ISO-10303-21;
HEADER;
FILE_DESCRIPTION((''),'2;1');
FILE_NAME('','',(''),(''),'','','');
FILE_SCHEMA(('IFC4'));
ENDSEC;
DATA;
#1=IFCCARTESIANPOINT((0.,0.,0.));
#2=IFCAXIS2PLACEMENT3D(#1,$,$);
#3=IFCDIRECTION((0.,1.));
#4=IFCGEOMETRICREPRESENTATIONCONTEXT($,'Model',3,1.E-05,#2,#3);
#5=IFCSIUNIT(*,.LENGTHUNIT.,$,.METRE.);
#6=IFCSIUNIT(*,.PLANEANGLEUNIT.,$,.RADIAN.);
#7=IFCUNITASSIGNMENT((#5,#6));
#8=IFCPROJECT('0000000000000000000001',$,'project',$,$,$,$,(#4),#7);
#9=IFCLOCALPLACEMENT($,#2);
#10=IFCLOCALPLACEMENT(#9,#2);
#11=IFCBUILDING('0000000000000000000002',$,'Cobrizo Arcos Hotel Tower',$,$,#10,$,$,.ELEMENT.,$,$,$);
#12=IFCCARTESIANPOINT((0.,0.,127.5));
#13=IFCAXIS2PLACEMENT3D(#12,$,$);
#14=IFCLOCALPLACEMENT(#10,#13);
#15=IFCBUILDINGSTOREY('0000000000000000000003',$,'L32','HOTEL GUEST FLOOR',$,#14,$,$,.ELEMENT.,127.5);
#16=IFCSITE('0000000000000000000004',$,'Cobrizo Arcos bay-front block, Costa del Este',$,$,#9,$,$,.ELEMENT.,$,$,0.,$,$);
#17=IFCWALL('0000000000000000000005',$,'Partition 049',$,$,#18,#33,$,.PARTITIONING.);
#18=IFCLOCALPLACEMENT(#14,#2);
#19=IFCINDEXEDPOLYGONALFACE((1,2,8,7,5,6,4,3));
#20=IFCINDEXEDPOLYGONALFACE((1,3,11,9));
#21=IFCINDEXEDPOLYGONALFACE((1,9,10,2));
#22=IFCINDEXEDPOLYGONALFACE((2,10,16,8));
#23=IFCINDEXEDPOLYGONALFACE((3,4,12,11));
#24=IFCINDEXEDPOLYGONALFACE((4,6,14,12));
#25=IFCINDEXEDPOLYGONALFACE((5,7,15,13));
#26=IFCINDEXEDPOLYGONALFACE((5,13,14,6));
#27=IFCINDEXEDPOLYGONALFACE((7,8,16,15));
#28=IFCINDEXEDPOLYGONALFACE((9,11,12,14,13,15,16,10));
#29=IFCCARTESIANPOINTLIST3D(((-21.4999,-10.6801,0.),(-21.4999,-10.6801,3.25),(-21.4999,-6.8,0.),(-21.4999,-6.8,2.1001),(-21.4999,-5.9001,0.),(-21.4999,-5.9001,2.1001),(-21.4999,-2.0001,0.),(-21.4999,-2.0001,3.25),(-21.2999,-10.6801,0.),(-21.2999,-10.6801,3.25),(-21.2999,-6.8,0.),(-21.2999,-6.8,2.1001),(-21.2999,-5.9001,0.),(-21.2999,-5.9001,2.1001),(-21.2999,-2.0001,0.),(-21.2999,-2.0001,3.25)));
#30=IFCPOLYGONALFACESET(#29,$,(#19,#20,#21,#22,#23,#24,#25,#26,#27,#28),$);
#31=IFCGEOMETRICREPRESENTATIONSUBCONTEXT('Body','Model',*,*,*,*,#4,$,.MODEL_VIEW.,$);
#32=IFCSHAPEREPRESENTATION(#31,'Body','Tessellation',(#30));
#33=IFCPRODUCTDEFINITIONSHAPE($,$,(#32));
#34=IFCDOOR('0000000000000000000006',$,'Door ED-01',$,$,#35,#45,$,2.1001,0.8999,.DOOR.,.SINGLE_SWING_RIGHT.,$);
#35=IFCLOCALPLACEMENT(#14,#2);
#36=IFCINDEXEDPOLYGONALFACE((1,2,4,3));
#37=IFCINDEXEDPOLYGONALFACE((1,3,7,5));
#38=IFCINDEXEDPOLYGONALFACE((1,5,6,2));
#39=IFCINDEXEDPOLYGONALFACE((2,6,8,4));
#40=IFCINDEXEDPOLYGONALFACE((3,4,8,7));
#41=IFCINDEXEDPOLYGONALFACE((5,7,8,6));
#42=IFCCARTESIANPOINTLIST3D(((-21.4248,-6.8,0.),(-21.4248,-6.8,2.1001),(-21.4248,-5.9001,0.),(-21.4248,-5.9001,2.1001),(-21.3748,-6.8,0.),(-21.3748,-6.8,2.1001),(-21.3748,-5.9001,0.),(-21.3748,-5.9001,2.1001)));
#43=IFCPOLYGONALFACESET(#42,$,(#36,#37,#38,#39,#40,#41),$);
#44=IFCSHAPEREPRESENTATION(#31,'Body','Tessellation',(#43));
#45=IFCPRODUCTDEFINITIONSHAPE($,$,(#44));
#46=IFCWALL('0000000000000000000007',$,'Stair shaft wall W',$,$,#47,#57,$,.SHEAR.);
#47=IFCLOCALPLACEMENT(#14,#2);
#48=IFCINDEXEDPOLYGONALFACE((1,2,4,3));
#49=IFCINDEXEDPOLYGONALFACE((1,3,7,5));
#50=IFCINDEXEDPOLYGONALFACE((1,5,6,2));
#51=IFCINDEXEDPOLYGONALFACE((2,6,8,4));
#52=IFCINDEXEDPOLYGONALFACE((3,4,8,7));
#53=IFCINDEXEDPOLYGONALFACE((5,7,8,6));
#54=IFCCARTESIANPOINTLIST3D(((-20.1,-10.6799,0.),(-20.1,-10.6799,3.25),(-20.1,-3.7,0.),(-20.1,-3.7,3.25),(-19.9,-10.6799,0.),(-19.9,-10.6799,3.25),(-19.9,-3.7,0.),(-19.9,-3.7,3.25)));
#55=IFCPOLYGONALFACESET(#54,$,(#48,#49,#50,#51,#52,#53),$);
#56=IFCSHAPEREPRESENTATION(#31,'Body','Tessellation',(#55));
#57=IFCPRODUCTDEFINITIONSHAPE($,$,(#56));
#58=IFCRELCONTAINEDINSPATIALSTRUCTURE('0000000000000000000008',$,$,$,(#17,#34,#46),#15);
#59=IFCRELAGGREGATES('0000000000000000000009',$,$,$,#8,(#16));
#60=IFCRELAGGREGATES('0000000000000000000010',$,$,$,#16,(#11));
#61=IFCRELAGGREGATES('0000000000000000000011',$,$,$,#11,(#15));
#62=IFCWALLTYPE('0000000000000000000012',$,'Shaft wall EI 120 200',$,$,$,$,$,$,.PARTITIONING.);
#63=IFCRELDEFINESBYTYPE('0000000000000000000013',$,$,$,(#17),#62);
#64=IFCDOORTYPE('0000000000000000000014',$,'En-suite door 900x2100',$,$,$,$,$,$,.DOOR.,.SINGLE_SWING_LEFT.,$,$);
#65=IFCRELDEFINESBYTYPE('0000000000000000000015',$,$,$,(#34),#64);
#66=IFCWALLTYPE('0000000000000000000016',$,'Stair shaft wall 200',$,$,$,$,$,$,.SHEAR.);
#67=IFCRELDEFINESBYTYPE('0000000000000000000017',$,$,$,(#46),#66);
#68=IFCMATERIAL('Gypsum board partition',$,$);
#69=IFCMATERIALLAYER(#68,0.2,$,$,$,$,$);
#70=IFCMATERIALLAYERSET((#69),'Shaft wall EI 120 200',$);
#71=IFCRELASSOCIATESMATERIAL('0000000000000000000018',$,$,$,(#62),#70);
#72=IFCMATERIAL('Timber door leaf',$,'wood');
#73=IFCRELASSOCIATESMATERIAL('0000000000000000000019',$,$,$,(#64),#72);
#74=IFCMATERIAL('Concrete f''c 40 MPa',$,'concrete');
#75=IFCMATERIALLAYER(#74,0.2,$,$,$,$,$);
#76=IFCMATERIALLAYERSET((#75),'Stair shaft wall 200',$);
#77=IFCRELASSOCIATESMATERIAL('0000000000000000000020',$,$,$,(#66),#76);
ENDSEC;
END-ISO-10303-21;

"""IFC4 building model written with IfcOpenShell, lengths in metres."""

from ifc_helpers import new_model, si_unit, direction, frame, frame_2d, origin, place, context, subcontext, project, spatial, rectangle, extrude, material, layer, layer_set, type_object, element, fill, save


model = new_model("IFC4")

# Units and contexts
model_context = context("Model", 3, precision=1e-05, world=origin(), true_north=direction((0.0, 1.0)))
body_context = subcontext(model_context, "Body", "Model", "MODEL_VIEW")
ifc_project = project(units=[si_unit("LENGTHUNIT", "METRE"), si_unit("PLANEANGLEUNIT", "RADIAN")], contexts=[model_context])

# Site, building, storey
site_placement = place(None, origin())
site = spatial("IfcSite", under=ifc_project, at=site_placement, Name="Cobrizo Arcos bay-front block, Costa del Este", CompositionType="ELEMENT", RefElevation=0.0)
building_placement = place(site_placement, origin())
building = spatial("IfcBuilding", under=site, at=building_placement, Name="Cobrizo Arcos Hotel Tower", CompositionType="ELEMENT")
storey_placement = place(building_placement, frame((0.0, 0.0, 127.5)))
storey = spatial("IfcBuildingStorey", under=building, at=storey_placement, Name="L32", Description="HOTEL GUEST FLOOR", CompositionType="ELEMENT", Elevation=127.5)

# Shared definitions
ifc_material_1 = material(Name="Gypsum board partition")

# Shared definitions
ifc_material_2 = material(Name="Timber door leaf", Category="wood")

# Wall, opening, door
ifc_layer_1 = layer(ifc_material_1, 0.2)
ifc_layer_set_1 = layer_set([ifc_layer_1], Name="Shaft wall EI 120 200")
wall_type_1 = type_object("IfcWallType", Name="Shaft wall EI 120 200", PredefinedType="PARTITIONING", material=ifc_layer_set_1)
wall_1_placement = place(storey_placement, frame((-21.3999, -10.6799, 0.0), z_axis=(0.0, 0.0, 1.0), x_axis=(0.0, 1.0, 0.0)))
wall_1 = element("IfcWall", 1, at=wall_1_placement, inside=storey, type_object=wall_type_1, Name="Partition 049", PredefinedType="PARTITIONING", context=body_context, shape_type="SweptSolid", body=[
    extrude(rectangle(XDim=8.6799, YDim=0.2, at=frame_2d((4.3398, 0.0))), origin(), (0.0, 0.0, 1.0), 3.25),
])
opening_1_placement = place(wall_1_placement, frame((3.8799, 0.0, 0.0)))
opening_1 = element("IfcOpeningElement", 2, at=opening_1_placement, cuts=wall_1, PredefinedType="OPENING", context=body_context, shape_type="SweptSolid", body=[
    extrude(rectangle(XDim=0.8999, YDim=2.1001, at=frame_2d((0.45, 1.05))), frame((0.0, 0.1121, 0.0), z_axis=(0.0, -1.0, 0.0), x_axis=(1.0, 0.0, 0.0)), (0.0, 0.0, 1.0), 0.2239),
])
door_type_1 = type_object("IfcDoorType", Name="En-suite door 900x2100", OperationType="SINGLE_SWING_LEFT", PredefinedType="DOOR", material=ifc_material_2)
door_1_placement = place(opening_1_placement, origin())
door_1 = element("IfcDoor", 3, at=door_1_placement, inside=storey, type_object=door_type_1, Name="Door ED-01", OperationType="SINGLE_SWING_RIGHT", OverallHeight=2.1001, OverallWidth=0.8999, PredefinedType="DOOR", context=body_context, shape_type="SweptSolid", body=[
    extrude(rectangle(XDim=0.8999, YDim=2.1001, at=frame_2d((0.45, 1.05))), frame((0.0, 0.0249, 0.0), z_axis=(0.0, -1.0, 0.0), x_axis=(1.0, 0.0, 0.0)), (0.0, 0.0, 1.0), 0.05),
])
fill(opening_1, door_1)

# Wall
ifc_material_3 = material(Name="Concrete f'c 40 MPa", Category="concrete")
ifc_layer_2 = layer(ifc_material_3, 0.2)
ifc_layer_set_2 = layer_set([ifc_layer_2], Name="Stair shaft wall 200")
wall_type_2 = type_object("IfcWallType", Name="Stair shaft wall 200", PredefinedType="SHEAR", material=ifc_layer_set_2)
wall_2_placement = place(storey_placement, frame((-20.0, -10.6799, 0.0), z_axis=(0.0, 0.0, 1.0), x_axis=(0.0, 1.0, 0.0)))
element("IfcWall", 4, at=wall_2_placement, inside=storey, type_object=wall_type_2, Name="Stair shaft wall W", PredefinedType="SHEAR", context=body_context, shape_type="SweptSolid", body=[
    extrude(rectangle(XDim=6.98, YDim=0.2, at=frame_2d((3.49, 0.0))), origin(), (0.0, 0.0, 1.0), 3.25),
])

save(model, "model.ifc")
